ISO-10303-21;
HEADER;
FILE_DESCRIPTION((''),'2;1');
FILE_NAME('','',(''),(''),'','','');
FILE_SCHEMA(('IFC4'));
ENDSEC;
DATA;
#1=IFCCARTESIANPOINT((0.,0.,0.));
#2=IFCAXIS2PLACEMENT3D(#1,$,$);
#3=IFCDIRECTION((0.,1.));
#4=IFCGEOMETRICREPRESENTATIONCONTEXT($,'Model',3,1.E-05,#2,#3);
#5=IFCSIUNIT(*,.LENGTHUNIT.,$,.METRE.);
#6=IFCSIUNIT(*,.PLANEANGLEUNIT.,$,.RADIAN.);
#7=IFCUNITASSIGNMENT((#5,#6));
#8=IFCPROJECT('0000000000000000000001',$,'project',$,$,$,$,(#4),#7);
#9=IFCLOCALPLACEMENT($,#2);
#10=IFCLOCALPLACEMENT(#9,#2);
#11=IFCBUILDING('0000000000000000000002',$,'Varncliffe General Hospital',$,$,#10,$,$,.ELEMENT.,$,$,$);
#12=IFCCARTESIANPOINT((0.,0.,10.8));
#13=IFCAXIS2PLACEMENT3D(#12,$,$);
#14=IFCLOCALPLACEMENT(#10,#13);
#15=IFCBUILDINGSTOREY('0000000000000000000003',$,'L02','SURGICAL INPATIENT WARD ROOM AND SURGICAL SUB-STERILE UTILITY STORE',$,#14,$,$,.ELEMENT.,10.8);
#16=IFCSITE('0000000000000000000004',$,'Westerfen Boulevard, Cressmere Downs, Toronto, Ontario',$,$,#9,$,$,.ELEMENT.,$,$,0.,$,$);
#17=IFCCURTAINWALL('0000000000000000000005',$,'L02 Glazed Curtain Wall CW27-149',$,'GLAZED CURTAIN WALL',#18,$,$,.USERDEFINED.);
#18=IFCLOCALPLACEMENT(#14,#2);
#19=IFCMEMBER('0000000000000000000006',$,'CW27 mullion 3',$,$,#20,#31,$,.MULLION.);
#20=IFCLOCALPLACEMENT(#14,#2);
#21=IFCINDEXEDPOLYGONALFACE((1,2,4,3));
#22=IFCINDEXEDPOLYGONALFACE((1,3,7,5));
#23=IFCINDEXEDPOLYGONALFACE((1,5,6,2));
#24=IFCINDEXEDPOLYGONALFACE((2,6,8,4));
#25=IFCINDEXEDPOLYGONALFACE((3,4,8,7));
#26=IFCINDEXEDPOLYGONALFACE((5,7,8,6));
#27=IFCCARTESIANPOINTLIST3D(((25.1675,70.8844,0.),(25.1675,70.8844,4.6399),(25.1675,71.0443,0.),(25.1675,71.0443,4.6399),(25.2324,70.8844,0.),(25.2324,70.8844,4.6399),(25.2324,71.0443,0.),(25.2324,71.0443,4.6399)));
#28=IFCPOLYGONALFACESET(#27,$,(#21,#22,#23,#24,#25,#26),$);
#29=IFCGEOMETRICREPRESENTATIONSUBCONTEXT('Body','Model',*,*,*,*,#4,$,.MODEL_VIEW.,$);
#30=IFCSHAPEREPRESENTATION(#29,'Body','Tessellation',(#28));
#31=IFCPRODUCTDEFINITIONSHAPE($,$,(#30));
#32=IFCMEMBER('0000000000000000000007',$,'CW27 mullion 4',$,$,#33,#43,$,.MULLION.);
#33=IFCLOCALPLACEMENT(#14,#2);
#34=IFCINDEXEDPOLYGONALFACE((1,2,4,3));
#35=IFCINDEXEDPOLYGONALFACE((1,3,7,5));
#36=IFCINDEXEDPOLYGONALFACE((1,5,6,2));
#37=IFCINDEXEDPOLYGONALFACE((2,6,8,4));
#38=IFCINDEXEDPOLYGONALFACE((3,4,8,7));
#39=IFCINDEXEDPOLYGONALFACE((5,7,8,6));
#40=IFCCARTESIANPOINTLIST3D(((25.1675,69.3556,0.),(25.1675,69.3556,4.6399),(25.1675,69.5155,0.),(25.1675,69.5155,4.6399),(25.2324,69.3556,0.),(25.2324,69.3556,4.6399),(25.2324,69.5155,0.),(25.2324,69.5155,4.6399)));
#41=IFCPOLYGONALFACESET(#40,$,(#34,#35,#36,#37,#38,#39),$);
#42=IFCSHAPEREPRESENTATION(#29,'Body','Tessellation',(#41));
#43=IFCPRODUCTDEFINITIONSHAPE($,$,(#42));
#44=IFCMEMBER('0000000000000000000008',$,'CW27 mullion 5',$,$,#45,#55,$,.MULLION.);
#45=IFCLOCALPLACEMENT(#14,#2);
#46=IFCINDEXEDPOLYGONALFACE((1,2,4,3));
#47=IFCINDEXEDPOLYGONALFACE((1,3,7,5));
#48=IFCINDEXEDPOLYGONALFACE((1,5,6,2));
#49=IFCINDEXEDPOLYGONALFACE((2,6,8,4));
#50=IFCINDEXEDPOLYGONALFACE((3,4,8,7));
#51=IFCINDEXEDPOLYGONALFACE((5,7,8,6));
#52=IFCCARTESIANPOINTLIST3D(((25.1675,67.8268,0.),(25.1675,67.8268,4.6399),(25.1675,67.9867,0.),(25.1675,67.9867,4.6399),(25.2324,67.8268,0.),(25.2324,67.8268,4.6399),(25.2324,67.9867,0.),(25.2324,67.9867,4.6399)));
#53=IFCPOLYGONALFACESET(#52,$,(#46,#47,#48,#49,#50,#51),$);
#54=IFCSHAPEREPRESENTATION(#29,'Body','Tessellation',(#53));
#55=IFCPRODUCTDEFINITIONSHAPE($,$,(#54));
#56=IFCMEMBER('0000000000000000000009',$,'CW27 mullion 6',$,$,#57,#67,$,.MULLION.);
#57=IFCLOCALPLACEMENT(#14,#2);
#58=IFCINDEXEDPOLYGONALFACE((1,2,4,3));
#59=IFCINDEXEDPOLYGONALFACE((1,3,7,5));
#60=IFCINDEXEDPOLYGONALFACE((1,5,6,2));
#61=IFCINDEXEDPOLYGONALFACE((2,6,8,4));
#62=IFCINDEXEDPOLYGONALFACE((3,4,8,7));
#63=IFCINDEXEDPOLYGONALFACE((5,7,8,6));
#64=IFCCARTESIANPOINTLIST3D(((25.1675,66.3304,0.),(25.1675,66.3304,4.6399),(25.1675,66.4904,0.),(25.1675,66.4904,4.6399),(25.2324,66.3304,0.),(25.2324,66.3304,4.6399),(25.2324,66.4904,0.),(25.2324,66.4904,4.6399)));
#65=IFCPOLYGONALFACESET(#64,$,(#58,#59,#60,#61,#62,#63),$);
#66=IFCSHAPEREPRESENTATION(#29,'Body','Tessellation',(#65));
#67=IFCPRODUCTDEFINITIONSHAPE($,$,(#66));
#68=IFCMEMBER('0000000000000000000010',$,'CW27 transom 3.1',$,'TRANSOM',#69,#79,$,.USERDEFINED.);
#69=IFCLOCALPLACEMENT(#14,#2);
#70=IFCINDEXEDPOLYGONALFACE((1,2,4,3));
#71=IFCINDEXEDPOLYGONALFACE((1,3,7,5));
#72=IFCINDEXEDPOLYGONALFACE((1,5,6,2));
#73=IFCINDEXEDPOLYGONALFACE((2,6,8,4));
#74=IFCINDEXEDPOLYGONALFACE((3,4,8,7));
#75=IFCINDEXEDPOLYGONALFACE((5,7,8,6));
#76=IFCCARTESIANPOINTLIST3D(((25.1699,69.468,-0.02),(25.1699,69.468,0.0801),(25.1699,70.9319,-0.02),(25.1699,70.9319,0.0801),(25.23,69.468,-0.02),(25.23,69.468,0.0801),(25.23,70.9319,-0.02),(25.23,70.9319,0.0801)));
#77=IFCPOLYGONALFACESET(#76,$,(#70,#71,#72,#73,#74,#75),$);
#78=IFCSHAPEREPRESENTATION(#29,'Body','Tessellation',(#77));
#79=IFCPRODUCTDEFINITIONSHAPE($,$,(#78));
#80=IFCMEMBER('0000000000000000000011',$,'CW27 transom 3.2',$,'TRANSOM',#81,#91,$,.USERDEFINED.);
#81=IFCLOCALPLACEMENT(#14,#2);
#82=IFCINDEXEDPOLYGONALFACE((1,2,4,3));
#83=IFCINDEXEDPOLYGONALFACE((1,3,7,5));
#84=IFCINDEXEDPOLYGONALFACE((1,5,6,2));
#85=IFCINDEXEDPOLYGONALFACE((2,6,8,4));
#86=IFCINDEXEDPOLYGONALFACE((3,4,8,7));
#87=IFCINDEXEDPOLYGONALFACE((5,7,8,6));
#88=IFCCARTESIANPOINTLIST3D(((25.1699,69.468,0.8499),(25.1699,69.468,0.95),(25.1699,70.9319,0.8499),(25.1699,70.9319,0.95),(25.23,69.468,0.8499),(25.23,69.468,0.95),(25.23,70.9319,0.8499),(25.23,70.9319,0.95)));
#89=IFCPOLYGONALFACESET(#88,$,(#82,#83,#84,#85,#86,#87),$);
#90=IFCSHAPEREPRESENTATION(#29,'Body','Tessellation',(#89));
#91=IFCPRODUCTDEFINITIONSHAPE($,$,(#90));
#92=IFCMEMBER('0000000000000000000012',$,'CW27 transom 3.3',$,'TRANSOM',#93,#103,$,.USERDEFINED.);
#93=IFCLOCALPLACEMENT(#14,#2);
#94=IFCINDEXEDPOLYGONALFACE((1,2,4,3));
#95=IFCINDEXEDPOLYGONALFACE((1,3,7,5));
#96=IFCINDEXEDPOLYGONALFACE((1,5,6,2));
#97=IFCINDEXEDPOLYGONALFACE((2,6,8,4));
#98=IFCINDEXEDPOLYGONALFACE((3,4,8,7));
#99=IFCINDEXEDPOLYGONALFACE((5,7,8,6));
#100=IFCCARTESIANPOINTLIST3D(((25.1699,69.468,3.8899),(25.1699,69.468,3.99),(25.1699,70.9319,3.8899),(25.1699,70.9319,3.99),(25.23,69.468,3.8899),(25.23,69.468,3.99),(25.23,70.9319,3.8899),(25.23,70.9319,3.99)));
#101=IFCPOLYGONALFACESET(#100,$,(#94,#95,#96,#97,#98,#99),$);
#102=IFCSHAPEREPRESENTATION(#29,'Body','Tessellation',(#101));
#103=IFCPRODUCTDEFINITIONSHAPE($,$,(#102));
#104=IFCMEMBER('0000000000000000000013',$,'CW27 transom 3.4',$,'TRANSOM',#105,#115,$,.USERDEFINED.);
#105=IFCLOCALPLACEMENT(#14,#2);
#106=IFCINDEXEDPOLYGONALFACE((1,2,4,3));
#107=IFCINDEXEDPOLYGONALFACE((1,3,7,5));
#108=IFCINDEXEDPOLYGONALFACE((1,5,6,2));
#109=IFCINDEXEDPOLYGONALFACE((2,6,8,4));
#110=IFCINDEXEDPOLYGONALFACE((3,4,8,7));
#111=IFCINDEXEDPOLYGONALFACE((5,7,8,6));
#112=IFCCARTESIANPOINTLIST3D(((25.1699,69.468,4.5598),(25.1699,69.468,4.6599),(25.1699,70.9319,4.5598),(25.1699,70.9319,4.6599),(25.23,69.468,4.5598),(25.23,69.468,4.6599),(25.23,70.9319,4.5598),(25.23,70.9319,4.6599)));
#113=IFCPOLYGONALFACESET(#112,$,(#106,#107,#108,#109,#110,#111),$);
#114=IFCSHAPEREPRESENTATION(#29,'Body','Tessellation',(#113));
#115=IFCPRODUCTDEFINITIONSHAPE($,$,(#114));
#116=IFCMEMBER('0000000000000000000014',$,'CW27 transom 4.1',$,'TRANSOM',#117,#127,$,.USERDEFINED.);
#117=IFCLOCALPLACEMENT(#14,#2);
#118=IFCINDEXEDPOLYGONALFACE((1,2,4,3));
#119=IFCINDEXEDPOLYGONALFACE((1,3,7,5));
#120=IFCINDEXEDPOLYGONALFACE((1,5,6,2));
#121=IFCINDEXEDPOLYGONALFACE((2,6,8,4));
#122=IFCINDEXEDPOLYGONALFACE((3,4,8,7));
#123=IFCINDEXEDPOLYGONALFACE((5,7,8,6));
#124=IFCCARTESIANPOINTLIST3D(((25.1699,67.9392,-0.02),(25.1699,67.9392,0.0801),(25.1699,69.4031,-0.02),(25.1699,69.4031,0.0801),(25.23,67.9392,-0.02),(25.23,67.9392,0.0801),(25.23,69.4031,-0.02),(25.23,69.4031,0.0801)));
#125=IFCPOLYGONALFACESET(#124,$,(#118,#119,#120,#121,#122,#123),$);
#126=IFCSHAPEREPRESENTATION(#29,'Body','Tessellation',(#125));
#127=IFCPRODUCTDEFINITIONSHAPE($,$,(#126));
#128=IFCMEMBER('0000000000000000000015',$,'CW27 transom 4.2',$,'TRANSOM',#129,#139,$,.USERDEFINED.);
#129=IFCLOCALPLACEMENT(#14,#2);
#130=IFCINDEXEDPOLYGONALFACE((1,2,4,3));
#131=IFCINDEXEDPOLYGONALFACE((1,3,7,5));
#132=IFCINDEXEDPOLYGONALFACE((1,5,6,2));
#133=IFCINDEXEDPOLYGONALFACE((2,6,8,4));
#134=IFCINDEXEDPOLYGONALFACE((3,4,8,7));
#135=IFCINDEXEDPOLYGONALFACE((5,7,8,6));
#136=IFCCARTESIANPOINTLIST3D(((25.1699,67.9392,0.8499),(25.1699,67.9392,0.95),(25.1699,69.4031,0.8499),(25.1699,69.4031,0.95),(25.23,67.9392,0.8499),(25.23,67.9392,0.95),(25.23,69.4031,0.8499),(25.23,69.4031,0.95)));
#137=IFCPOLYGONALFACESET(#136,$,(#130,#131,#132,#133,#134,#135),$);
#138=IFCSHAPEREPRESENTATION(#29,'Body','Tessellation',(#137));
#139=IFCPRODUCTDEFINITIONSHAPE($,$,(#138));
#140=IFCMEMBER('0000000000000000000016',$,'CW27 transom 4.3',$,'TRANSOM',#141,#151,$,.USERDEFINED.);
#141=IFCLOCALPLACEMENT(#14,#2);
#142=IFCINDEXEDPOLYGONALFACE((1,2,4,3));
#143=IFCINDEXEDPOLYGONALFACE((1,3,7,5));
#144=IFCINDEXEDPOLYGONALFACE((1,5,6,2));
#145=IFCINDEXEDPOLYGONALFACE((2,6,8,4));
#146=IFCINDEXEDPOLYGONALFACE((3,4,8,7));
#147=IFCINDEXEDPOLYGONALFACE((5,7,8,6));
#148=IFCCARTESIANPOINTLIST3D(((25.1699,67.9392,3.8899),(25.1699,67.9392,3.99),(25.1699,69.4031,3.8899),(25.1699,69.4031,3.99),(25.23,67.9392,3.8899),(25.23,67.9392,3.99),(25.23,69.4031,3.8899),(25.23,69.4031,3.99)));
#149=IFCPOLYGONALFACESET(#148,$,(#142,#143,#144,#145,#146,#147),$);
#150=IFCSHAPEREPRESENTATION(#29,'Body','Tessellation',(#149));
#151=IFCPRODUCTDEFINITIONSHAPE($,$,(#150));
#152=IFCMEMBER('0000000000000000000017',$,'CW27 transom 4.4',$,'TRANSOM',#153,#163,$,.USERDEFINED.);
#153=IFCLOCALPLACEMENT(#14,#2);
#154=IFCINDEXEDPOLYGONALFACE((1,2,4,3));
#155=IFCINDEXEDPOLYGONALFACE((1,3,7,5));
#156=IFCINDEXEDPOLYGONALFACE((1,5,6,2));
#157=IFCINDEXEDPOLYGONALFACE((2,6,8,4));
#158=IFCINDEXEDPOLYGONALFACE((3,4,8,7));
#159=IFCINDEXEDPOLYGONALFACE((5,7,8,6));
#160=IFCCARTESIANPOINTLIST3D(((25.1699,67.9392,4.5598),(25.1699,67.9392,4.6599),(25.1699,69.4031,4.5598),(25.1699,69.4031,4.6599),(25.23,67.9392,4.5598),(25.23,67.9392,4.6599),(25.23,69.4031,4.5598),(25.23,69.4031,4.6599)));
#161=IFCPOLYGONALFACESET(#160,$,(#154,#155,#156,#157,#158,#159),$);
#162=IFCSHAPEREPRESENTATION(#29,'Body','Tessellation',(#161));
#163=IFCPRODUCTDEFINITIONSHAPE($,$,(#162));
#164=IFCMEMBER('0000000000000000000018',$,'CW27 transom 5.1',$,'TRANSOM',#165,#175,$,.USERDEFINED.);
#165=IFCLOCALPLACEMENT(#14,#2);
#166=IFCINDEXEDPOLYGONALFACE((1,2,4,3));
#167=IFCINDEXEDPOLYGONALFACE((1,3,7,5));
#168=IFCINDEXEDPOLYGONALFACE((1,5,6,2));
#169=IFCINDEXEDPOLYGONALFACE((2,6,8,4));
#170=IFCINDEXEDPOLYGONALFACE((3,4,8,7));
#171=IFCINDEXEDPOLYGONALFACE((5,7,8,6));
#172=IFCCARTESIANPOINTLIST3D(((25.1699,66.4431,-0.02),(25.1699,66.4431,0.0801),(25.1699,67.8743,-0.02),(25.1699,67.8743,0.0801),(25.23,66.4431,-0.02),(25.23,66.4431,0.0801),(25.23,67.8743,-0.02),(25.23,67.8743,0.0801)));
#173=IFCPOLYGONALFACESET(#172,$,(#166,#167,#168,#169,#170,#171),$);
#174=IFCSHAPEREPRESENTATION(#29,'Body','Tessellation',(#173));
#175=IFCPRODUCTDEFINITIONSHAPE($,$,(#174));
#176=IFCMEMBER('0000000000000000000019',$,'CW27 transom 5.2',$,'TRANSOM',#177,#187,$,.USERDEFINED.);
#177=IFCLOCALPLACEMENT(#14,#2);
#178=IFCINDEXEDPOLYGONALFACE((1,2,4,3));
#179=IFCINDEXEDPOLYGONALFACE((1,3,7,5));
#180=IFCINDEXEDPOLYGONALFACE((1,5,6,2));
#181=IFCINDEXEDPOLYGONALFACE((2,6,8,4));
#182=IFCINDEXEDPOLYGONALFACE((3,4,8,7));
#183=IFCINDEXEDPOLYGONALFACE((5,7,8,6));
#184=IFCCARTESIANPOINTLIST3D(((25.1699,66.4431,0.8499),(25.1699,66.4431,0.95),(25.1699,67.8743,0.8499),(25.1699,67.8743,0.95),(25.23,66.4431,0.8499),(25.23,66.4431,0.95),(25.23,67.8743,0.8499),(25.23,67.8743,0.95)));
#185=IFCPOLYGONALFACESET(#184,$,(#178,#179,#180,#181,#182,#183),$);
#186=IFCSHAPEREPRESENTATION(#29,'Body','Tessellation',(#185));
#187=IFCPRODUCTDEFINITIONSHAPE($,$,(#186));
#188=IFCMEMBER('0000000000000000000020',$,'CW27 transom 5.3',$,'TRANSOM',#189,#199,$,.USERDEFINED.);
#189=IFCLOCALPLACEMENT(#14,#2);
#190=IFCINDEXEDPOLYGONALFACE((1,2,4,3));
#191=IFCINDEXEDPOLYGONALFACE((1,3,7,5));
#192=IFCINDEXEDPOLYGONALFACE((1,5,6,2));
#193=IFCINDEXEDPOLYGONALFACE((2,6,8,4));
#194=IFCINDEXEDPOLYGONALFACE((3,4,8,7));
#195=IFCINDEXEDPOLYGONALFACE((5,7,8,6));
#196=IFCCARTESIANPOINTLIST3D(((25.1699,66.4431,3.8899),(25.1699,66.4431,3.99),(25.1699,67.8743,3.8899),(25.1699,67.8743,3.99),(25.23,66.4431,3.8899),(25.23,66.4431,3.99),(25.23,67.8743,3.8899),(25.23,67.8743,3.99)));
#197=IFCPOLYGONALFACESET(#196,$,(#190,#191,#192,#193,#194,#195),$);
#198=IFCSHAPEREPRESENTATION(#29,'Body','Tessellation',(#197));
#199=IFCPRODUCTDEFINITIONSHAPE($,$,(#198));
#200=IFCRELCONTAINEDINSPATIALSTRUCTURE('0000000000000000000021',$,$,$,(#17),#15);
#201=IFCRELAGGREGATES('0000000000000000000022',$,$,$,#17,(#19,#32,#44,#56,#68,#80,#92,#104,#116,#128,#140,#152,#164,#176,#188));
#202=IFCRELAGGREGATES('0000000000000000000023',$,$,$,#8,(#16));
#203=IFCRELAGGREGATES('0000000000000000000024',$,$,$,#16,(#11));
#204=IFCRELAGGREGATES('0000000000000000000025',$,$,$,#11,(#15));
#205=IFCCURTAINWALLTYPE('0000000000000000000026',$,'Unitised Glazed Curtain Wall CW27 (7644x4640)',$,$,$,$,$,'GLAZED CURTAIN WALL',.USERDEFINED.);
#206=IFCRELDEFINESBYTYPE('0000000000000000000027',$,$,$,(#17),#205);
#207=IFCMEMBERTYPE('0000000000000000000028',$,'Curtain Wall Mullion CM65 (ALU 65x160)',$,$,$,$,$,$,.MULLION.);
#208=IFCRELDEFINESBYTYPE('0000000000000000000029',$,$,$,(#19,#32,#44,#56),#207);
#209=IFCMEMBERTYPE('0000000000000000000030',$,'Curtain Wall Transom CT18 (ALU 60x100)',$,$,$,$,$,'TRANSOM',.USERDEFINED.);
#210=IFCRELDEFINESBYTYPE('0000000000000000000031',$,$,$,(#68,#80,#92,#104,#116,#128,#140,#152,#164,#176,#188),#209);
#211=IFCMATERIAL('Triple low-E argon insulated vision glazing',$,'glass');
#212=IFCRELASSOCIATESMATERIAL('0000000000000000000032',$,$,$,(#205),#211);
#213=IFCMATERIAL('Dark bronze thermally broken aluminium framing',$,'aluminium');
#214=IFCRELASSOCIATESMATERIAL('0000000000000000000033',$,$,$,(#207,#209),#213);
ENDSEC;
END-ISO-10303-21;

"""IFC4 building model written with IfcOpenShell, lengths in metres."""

from ifc_helpers import new_model, si_unit, direction, frame, origin, origin_2d, place, context, subcontext, project, spatial, rectangle, extrude, material, material_profile, profile_set, type_object, element, aggregate, save


model = new_model("IFC4")

# Units and contexts
model_context = context("Model", 3, precision=1e-05, world=origin(), true_north=direction((0.0, 1.0)))
body_context = subcontext(model_context, "Body", "Model", "MODEL_VIEW")
ifc_project = project(units=[si_unit("LENGTHUNIT", "METRE"), si_unit("PLANEANGLEUNIT", "RADIAN")], contexts=[model_context])

# Site, building, storey
site_placement = place(None, origin())
site = spatial("IfcSite", under=ifc_project, at=site_placement, Name="Westerfen Boulevard, Cressmere Downs, Toronto, Ontario", CompositionType="ELEMENT", RefElevation=0.0)
building_placement = place(site_placement, origin())
building = spatial("IfcBuilding", under=site, at=building_placement, Name="Varncliffe General Hospital", CompositionType="ELEMENT")
storey_placement = place(building_placement, frame((0.0, 0.0, 10.8)))
storey = spatial("IfcBuildingStorey", under=building, at=storey_placement, Name="L02", Description="SURGICAL INPATIENT WARD ROOM AND SURGICAL SUB-STERILE UTILITY STORE", CompositionType="ELEMENT", Elevation=10.8)

# Curtain wall, members
ifc_material_1 = material(Name="Triple low-E argon insulated vision glazing", Category="glass")
curtain_wall_type = type_object("IfcCurtainWallType", Name="Unitised Glazed Curtain Wall CW27 (7644x4640)", ElementType="GLAZED CURTAIN WALL", PredefinedType="USERDEFINED", material=ifc_material_1)
curtain_wall_placement = place(storey_placement, origin())
curtain_wall = element("IfcCurtainWall", 1, at=curtain_wall_placement, inside=storey, type_object=curtain_wall_type, Name="L02 Glazed Curtain Wall CW27-149", ObjectType="GLAZED CURTAIN WALL", PredefinedType="USERDEFINED")
ifc_material_2 = material(Name="Dark bronze thermally broken aluminium framing", Category="aluminium")
ifc_material_profile_1 = material_profile(ifc_material_2, rectangle(XDim=0.0649, YDim=0.1599, at=origin_2d()), Name="ALU 65x160")
ifc_profile_set_1 = profile_set([ifc_material_profile_1], Name="Dark bronze thermally broken aluminium framing")
member_type_1 = type_object("IfcMemberType", Name="Curtain Wall Mullion CM65 (ALU 65x160)", PredefinedType="MULLION", material=ifc_profile_set_1)
member_1_placement = place(storey_placement, frame((25.2, 70.9644, 0.0), z_axis=(0.0, 0.0, 1.0), x_axis=(1.0, 0.0, 0.0)))
member_1 = element("IfcMember", 2, at=member_1_placement, type_object=member_type_1, Name="CW27 mullion 3", PredefinedType="MULLION", context=body_context, shape_type="SweptSolid", body=[
    extrude(rectangle(XDim=0.0649, YDim=0.1599, at=origin_2d()), origin(), (0.0, 0.0, 1.0), 4.6399),
])
member_2_placement = place(storey_placement, frame((25.2, 69.4355, 0.0), z_axis=(0.0, 0.0, 1.0), x_axis=(1.0, 0.0, 0.0)))
member_2 = element("IfcMember", 3, at=member_2_placement, type_object=member_type_1, Name="CW27 mullion 4", PredefinedType="MULLION", context=body_context, shape_type="SweptSolid", body=[
    extrude(rectangle(XDim=0.0649, YDim=0.1599, at=origin_2d()), origin(), (0.0, 0.0, 1.0), 4.6399),
])
member_3_placement = place(storey_placement, frame((25.2, 67.9067, 0.0), z_axis=(0.0, 0.0, 1.0), x_axis=(1.0, 0.0, 0.0)))
member_3 = element("IfcMember", 4, at=member_3_placement, type_object=member_type_1, Name="CW27 mullion 5", PredefinedType="MULLION", context=body_context, shape_type="SweptSolid", body=[
    extrude(rectangle(XDim=0.0649, YDim=0.1599, at=origin_2d()), origin(), (0.0, 0.0, 1.0), 4.6399),
])
member_4_placement = place(storey_placement, frame((25.2, 66.4104, 0.0), z_axis=(0.0, 0.0, 1.0), x_axis=(1.0, 0.0, 0.0)))
member_4 = element("IfcMember", 5, at=member_4_placement, type_object=member_type_1, Name="CW27 mullion 6", PredefinedType="MULLION", context=body_context, shape_type="SweptSolid", body=[
    extrude(rectangle(XDim=0.0649, YDim=0.1599, at=origin_2d()), origin(), (0.0, 0.0, 1.0), 4.6399),
])
ifc_material_profile_2 = material_profile(ifc_material_2, rectangle(XDim=0.0601, YDim=0.1001, at=origin_2d()), Name="ALU 60x100")
ifc_profile_set_2 = profile_set([ifc_material_profile_2], Name="Dark bronze thermally broken aluminium framing")
member_type_2 = type_object("IfcMemberType", Name="Curtain Wall Transom CT18 (ALU 60x100)", ElementType="TRANSOM", PredefinedType="USERDEFINED", material=ifc_profile_set_2)
member_5_placement = place(storey_placement, frame((25.2, 70.9319, 0.03), z_axis=(0.0, -1.0, 0.0), x_axis=(1.0, 0.0, 0.0)))
member_5 = element("IfcMember", 6, at=member_5_placement, type_object=member_type_2, Name="CW27 transom 3.1", ObjectType="TRANSOM", PredefinedType="USERDEFINED", context=body_context, shape_type="SweptSolid", body=[
    extrude(rectangle(XDim=0.0601, YDim=0.1001, at=origin_2d()), origin(), (0.0, 0.0, 1.0), 1.4639),
])
member_6_placement = place(storey_placement, frame((25.2, 70.9319, 0.8999), z_axis=(0.0, -1.0, 0.0), x_axis=(1.0, 0.0, 0.0)))
member_6 = element("IfcMember", 7, at=member_6_placement, type_object=member_type_2, Name="CW27 transom 3.2", ObjectType="TRANSOM", PredefinedType="USERDEFINED", context=body_context, shape_type="SweptSolid", body=[
    extrude(rectangle(XDim=0.0601, YDim=0.1001, at=origin_2d()), origin(), (0.0, 0.0, 1.0), 1.4639),
])
member_7_placement = place(storey_placement, frame((25.2, 70.9319, 3.9399), z_axis=(0.0, -1.0, 0.0), x_axis=(1.0, 0.0, 0.0)))
member_7 = element("IfcMember", 8, at=member_7_placement, type_object=member_type_2, Name="CW27 transom 3.3", ObjectType="TRANSOM", PredefinedType="USERDEFINED", context=body_context, shape_type="SweptSolid", body=[
    extrude(rectangle(XDim=0.0601, YDim=0.1001, at=origin_2d()), origin(), (0.0, 0.0, 1.0), 1.4639),
])
member_8_placement = place(storey_placement, frame((25.2, 70.9319, 4.6099), z_axis=(0.0, -1.0, 0.0), x_axis=(1.0, 0.0, 0.0)))
member_8 = element("IfcMember", 9, at=member_8_placement, type_object=member_type_2, Name="CW27 transom 3.4", ObjectType="TRANSOM", PredefinedType="USERDEFINED", context=body_context, shape_type="SweptSolid", body=[
    extrude(rectangle(XDim=0.0601, YDim=0.1001, at=origin_2d()), origin(), (0.0, 0.0, 1.0), 1.4639),
])
member_9_placement = place(storey_placement, frame((25.2, 69.4031, 0.03), z_axis=(0.0, -1.0, 0.0), x_axis=(1.0, 0.0, 0.0)))
member_9 = element("IfcMember", 10, at=member_9_placement, type_object=member_type_2, Name="CW27 transom 4.1", ObjectType="TRANSOM", PredefinedType="USERDEFINED", context=body_context, shape_type="SweptSolid", body=[
    extrude(rectangle(XDim=0.0601, YDim=0.1001, at=origin_2d()), origin(), (0.0, 0.0, 1.0), 1.4639),
])
member_10_placement = place(storey_placement, frame((25.2, 69.4031, 0.8999), z_axis=(0.0, -1.0, 0.0), x_axis=(1.0, 0.0, 0.0)))
member_10 = element("IfcMember", 11, at=member_10_placement, type_object=member_type_2, Name="CW27 transom 4.2", ObjectType="TRANSOM", PredefinedType="USERDEFINED", context=body_context, shape_type="SweptSolid", body=[
    extrude(rectangle(XDim=0.0601, YDim=0.1001, at=origin_2d()), origin(), (0.0, 0.0, 1.0), 1.4639),
])
member_11_placement = place(storey_placement, frame((25.2, 69.4031, 3.9399), z_axis=(0.0, -1.0, 0.0), x_axis=(1.0, 0.0, 0.0)))
member_11 = element("IfcMember", 12, at=member_11_placement, type_object=member_type_2, Name="CW27 transom 4.3", ObjectType="TRANSOM", PredefinedType="USERDEFINED", context=body_context, shape_type="SweptSolid", body=[
    extrude(rectangle(XDim=0.0601, YDim=0.1001, at=origin_2d()), origin(), (0.0, 0.0, 1.0), 1.4639),
])
member_12_placement = place(storey_placement, frame((25.2, 69.4031, 4.6099), z_axis=(0.0, -1.0, 0.0), x_axis=(1.0, 0.0, 0.0)))
member_12 = element("IfcMember", 13, at=member_12_placement, type_object=member_type_2, Name="CW27 transom 4.4", ObjectType="TRANSOM", PredefinedType="USERDEFINED", context=body_context, shape_type="SweptSolid", body=[
    extrude(rectangle(XDim=0.0601, YDim=0.1001, at=origin_2d()), origin(), (0.0, 0.0, 1.0), 1.4639),
])
member_13_placement = place(storey_placement, frame((25.2, 67.8743, 0.03), z_axis=(0.0, -1.0, 0.0), x_axis=(1.0, 0.0, 0.0)))
member_13 = element("IfcMember", 14, at=member_13_placement, type_object=member_type_2, Name="CW27 transom 5.1", ObjectType="TRANSOM", PredefinedType="USERDEFINED", context=body_context, shape_type="SweptSolid", body=[
    extrude(rectangle(XDim=0.0601, YDim=0.1001, at=origin_2d()), origin(), (0.0, 0.0, 1.0), 1.4312),
])
member_14_placement = place(storey_placement, frame((25.2, 67.8743, 0.8999), z_axis=(0.0, -1.0, 0.0), x_axis=(1.0, 0.0, 0.0)))
member_14 = element("IfcMember", 15, at=member_14_placement, type_object=member_type_2, Name="CW27 transom 5.2", ObjectType="TRANSOM", PredefinedType="USERDEFINED", context=body_context, shape_type="SweptSolid", body=[
    extrude(rectangle(XDim=0.0601, YDim=0.1001, at=origin_2d()), origin(), (0.0, 0.0, 1.0), 1.4312),
])
member_15_placement = place(storey_placement, frame((25.2, 67.8743, 3.9399), z_axis=(0.0, -1.0, 0.0), x_axis=(1.0, 0.0, 0.0)))
member_15 = element("IfcMember", 16, at=member_15_placement, type_object=member_type_2, Name="CW27 transom 5.3", ObjectType="TRANSOM", PredefinedType="USERDEFINED", context=body_context, shape_type="SweptSolid", body=[
    extrude(rectangle(XDim=0.0601, YDim=0.1001, at=origin_2d()), origin(), (0.0, 0.0, 1.0), 1.4312),
])
aggregate(curtain_wall, [member_1, member_2, member_3, member_4, member_5, member_6, member_7, member_8, member_9, member_10, member_11, member_12, member_13, member_14, member_15])

save(model, "model.ifc")
